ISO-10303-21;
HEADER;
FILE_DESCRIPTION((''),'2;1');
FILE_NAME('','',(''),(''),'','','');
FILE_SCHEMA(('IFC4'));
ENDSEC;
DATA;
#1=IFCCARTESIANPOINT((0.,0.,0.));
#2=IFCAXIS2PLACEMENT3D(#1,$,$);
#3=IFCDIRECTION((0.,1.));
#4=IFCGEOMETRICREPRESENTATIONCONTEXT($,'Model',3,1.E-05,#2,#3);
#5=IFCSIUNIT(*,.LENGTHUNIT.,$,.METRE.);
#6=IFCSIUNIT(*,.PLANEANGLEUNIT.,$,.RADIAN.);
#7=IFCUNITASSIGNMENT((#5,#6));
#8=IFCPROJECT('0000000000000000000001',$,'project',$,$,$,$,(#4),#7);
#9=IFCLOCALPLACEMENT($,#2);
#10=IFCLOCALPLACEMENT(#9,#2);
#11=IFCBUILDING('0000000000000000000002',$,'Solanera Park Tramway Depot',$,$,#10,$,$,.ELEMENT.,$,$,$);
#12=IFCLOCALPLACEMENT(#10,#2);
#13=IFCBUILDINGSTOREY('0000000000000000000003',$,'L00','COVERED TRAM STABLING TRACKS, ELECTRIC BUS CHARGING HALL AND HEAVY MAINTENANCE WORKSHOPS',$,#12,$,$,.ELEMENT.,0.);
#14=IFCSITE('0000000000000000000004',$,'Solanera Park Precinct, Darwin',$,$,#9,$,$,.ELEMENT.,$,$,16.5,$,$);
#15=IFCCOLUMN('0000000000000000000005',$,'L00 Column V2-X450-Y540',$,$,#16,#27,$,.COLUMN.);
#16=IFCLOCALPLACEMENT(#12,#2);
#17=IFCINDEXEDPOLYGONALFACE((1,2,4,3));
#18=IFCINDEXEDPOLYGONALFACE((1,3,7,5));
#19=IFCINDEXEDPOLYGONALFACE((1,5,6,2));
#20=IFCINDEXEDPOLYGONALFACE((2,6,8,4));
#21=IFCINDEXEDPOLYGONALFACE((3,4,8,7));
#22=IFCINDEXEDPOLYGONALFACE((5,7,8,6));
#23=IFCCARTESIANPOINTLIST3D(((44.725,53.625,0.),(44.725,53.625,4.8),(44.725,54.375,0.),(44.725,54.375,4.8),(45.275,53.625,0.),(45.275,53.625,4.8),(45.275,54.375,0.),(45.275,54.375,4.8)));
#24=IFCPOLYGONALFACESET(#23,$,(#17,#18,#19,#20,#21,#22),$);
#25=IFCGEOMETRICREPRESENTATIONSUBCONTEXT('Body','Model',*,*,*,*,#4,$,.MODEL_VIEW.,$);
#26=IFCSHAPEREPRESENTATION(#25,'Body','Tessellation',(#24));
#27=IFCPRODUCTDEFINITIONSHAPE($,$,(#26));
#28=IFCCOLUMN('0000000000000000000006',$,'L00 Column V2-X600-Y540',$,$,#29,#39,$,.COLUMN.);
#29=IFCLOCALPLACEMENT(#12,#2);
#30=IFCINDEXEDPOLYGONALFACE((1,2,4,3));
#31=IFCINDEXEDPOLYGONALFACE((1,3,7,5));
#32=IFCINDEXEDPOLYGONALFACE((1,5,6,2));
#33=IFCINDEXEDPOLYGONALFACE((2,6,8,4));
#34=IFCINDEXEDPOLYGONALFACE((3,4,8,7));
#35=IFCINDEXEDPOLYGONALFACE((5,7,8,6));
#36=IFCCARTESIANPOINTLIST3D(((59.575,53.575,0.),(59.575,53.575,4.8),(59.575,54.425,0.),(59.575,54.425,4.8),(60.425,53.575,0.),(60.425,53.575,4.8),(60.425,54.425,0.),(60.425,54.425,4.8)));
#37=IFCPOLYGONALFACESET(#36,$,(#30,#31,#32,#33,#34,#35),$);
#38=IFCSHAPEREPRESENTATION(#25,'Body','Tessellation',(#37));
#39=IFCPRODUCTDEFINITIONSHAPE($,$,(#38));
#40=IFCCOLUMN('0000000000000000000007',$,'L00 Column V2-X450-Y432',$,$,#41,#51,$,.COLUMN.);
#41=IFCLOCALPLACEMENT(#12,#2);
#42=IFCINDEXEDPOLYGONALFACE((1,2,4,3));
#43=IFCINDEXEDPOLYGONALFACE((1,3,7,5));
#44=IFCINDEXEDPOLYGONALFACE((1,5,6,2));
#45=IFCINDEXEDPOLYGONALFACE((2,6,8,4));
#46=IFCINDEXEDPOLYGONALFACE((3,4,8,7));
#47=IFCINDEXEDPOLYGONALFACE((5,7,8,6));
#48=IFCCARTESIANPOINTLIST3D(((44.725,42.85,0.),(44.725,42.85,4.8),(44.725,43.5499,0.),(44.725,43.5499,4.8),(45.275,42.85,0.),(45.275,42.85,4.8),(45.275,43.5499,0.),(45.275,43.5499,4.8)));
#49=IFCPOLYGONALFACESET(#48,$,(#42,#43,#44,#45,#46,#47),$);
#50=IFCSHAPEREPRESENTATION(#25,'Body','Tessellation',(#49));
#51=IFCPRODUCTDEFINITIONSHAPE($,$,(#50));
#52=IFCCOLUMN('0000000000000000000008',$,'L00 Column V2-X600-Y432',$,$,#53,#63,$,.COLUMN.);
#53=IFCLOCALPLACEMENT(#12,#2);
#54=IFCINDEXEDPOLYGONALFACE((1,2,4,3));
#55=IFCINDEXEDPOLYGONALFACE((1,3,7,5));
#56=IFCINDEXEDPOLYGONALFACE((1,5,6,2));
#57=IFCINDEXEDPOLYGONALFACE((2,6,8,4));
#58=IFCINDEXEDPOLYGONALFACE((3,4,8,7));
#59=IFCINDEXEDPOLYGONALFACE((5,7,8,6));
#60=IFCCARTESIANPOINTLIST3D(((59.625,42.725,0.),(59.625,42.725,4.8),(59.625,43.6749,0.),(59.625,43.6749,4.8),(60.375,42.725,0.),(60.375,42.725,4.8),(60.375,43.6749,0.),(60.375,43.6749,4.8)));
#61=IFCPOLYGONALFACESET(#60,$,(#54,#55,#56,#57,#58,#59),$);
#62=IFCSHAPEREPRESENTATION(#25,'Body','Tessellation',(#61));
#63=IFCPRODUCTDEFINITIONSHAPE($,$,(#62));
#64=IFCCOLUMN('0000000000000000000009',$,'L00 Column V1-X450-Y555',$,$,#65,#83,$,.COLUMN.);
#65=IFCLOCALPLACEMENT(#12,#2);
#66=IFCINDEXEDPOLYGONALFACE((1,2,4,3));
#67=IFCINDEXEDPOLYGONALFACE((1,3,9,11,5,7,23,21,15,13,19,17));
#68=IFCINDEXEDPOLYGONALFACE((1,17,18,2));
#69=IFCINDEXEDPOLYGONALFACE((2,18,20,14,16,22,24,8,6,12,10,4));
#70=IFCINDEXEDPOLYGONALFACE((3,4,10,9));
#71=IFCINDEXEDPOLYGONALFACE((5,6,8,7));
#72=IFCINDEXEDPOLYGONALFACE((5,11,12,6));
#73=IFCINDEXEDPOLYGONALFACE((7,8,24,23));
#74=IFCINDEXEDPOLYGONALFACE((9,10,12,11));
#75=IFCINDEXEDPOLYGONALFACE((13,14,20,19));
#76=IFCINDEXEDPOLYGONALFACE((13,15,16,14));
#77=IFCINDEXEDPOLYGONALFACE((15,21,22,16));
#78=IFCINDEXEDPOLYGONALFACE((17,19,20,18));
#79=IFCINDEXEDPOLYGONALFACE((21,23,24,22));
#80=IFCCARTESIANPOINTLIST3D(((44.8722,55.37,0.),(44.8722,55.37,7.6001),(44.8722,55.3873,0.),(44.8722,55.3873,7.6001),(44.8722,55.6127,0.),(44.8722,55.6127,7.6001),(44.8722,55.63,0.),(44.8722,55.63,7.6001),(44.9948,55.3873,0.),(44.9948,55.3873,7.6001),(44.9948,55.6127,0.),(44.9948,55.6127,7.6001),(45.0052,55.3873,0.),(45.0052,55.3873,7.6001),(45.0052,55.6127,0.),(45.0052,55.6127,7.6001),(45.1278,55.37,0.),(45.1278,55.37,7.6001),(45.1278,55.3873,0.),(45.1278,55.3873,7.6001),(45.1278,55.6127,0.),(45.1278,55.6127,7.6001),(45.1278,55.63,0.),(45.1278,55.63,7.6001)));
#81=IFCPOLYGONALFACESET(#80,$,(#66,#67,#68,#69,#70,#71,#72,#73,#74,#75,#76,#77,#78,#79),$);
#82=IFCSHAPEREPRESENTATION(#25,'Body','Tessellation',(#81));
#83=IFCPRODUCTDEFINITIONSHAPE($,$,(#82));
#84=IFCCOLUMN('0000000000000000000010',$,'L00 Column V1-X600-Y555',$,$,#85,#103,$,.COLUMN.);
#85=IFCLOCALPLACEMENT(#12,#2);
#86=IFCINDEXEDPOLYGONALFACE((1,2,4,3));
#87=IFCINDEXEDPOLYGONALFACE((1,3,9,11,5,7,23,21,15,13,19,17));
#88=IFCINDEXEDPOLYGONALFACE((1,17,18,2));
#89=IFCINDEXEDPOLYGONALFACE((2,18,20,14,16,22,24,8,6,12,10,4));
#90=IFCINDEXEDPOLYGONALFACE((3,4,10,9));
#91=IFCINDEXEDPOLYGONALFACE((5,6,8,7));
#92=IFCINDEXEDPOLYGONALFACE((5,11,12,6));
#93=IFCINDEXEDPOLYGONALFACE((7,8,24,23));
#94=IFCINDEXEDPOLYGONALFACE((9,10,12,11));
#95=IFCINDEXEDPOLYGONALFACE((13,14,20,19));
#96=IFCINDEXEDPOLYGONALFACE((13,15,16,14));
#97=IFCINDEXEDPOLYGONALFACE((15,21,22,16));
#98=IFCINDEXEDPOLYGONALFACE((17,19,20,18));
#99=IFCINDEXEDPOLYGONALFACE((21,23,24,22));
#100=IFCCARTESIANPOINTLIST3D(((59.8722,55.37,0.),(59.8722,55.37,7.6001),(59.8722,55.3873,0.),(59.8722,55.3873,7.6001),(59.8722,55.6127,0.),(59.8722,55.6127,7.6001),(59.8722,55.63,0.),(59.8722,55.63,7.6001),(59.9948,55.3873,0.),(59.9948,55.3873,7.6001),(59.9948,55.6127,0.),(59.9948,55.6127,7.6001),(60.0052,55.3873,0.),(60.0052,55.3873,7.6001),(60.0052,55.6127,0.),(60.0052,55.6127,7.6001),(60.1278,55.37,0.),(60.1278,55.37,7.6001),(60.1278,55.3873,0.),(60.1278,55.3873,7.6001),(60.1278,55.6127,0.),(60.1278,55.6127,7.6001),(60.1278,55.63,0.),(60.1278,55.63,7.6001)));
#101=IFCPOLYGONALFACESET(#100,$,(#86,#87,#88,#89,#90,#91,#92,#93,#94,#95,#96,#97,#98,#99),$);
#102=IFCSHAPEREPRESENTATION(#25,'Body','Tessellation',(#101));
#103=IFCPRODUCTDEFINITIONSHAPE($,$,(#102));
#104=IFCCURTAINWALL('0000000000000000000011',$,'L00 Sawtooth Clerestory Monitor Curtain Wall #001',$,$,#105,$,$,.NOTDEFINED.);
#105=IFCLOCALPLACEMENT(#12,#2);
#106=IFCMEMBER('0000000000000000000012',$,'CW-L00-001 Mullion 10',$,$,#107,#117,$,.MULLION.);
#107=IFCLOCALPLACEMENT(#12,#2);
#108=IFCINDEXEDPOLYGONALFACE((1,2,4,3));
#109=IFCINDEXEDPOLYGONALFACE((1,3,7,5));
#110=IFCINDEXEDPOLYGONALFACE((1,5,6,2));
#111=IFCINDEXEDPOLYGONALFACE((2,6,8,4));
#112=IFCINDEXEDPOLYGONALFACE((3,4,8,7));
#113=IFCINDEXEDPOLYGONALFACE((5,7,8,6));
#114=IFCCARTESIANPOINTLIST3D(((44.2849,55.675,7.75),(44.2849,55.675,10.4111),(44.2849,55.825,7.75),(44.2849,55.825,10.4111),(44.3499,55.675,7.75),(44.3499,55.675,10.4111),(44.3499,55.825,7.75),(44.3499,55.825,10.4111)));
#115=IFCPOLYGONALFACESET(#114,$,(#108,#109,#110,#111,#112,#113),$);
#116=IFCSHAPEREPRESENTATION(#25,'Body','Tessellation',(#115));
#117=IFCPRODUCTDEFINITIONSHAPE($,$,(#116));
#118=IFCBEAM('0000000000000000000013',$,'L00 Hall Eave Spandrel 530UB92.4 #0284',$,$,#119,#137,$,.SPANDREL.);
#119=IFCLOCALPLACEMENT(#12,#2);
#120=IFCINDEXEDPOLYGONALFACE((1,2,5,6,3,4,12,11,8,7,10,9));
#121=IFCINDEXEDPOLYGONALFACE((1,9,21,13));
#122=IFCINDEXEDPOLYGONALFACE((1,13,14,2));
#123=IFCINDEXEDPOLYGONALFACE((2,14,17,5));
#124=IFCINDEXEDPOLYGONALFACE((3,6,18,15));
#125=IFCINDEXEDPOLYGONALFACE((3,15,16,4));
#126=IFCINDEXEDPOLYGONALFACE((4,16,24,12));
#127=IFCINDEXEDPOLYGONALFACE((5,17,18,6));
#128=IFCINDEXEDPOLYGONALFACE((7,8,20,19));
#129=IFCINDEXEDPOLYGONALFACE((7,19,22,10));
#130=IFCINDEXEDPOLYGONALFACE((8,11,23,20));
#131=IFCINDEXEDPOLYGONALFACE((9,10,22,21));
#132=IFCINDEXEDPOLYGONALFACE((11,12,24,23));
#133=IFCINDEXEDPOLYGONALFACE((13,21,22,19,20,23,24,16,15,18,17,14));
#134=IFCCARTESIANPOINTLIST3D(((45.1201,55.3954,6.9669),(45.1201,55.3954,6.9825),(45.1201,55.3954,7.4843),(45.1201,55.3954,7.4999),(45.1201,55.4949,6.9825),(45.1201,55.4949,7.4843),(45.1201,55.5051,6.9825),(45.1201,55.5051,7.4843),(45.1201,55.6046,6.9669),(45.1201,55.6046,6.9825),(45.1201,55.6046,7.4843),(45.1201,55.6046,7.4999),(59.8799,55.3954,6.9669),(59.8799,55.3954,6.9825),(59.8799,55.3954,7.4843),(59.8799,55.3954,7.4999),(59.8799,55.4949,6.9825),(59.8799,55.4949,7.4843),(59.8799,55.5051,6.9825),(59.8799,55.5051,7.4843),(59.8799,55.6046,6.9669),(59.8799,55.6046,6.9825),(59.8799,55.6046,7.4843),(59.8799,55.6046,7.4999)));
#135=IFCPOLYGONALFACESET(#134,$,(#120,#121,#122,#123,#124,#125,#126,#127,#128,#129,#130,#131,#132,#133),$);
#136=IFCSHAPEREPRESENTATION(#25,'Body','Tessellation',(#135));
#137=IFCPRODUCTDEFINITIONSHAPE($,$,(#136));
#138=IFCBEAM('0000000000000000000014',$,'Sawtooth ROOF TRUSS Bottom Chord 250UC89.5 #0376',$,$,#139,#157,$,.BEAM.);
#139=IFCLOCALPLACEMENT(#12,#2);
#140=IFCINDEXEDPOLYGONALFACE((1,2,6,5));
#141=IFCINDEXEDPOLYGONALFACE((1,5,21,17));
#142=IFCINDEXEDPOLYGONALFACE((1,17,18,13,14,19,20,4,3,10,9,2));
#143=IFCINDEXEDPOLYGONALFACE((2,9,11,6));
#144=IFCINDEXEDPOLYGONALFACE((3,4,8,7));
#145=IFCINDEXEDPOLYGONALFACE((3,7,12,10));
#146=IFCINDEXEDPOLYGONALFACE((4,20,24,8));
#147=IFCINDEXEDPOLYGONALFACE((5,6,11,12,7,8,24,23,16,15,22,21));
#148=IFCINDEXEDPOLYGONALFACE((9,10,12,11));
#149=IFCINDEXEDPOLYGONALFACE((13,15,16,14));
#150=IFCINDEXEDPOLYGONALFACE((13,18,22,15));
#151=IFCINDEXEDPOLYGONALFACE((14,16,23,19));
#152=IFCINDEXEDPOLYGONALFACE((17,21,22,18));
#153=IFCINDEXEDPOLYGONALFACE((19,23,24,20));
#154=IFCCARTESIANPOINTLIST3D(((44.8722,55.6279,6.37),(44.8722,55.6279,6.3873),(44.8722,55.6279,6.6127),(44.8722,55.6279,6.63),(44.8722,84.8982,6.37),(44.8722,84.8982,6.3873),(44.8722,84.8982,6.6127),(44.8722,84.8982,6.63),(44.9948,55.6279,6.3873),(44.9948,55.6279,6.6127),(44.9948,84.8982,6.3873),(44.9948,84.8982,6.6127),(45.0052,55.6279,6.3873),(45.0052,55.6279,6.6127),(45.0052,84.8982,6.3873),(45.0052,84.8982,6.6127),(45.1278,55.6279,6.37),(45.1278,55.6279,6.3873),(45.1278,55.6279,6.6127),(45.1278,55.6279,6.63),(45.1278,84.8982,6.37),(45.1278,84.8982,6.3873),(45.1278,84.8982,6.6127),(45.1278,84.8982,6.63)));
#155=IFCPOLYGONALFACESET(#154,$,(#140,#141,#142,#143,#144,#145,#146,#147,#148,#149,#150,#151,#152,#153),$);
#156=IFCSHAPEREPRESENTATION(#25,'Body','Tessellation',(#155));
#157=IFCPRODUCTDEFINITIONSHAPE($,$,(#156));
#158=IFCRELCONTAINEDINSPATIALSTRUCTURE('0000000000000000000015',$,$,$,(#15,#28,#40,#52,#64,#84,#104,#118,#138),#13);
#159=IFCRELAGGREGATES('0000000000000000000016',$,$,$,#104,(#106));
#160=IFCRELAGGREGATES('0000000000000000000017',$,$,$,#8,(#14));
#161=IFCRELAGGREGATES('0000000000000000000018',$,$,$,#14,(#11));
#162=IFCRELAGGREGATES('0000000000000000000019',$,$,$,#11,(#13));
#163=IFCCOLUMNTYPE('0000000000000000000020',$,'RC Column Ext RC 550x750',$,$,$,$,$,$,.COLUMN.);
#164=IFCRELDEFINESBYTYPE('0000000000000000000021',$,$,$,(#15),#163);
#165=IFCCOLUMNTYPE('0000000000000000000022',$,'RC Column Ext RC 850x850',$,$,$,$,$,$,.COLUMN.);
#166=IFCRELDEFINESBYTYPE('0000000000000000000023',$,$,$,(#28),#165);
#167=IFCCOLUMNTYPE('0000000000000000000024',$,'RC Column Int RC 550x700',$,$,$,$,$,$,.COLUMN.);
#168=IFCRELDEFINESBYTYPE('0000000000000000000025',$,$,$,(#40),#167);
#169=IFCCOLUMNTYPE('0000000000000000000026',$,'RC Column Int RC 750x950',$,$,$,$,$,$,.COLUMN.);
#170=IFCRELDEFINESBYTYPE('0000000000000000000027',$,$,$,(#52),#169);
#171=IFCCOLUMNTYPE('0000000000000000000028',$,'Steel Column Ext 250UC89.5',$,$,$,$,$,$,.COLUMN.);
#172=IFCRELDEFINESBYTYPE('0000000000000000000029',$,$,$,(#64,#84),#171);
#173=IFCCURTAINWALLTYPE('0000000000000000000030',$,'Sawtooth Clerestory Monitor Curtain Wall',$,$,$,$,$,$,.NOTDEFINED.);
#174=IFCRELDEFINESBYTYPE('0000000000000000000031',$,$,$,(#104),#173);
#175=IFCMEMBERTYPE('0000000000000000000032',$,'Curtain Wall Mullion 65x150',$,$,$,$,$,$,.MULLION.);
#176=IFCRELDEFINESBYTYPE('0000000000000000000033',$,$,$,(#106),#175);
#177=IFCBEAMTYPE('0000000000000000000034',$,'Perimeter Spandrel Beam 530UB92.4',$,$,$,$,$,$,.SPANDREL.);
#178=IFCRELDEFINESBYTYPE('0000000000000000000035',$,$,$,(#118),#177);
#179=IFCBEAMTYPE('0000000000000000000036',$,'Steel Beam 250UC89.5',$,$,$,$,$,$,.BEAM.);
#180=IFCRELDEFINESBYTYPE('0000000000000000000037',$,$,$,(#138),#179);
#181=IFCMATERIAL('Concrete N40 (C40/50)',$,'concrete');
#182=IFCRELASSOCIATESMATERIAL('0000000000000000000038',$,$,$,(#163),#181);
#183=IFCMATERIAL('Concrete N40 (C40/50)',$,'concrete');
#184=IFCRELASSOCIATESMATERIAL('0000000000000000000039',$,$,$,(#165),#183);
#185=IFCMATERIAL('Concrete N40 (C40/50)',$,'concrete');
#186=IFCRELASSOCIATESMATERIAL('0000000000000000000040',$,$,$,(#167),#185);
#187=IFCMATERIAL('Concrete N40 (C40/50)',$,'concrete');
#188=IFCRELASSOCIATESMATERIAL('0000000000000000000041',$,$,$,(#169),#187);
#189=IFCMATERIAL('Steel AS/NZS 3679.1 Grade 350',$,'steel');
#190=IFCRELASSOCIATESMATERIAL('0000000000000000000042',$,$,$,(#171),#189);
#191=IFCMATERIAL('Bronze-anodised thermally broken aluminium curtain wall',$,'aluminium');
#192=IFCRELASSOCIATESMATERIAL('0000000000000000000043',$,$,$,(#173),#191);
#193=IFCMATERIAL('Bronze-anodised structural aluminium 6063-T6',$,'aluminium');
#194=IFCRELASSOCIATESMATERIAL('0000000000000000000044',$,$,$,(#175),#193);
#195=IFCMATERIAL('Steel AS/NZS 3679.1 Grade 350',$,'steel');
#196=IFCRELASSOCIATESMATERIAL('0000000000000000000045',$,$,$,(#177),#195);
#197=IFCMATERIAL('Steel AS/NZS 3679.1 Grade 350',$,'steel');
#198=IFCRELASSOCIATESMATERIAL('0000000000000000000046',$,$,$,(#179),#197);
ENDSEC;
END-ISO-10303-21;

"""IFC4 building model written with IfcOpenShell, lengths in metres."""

from ifc_helpers import new_model, si_unit, direction, frame, origin, origin_2d, place, context, subcontext, project, spatial, rectangle, i_section, extrude, material, material_profile, profile_set, type_object, element, aggregate, save


model = new_model("IFC4")

# Units and contexts
model_context = context("Model", 3, precision=1e-05, world=origin(), true_north=direction((0.0, 1.0)))
body_context = subcontext(model_context, "Body", "Model", "MODEL_VIEW")
ifc_project = project(units=[si_unit("LENGTHUNIT", "METRE"), si_unit("PLANEANGLEUNIT", "RADIAN")], contexts=[model_context])

# Site, building, storey
site_placement = place(None, origin())
site = spatial("IfcSite", under=ifc_project, at=site_placement, Name="Solanera Park Precinct, Darwin", CompositionType="ELEMENT", RefElevation=16.5)
building_placement = place(site_placement, origin())
building = spatial("IfcBuilding", under=site, at=building_placement, Name="Solanera Park Tramway Depot", CompositionType="ELEMENT")
storey_placement = place(building_placement, origin())
storey = spatial("IfcBuildingStorey", under=building, at=storey_placement, Name="L00", Description="COVERED TRAM STABLING TRACKS, ELECTRIC BUS CHARGING HALL AND HEAVY MAINTENANCE WORKSHOPS", CompositionType="ELEMENT", Elevation=0.0)

# Columns
ifc_material_1 = material(Name="Concrete N40 (C40/50)", Category="concrete")
ifc_material_profile_1 = material_profile(ifc_material_1, rectangle(XDim=0.55, YDim=0.75, at=origin_2d()), Name="RC 550x750")
ifc_profile_set_1 = profile_set([ifc_material_profile_1], Name="Concrete N40 (C40/50)")
column_type_1 = type_object("IfcColumnType", Name="RC Column Ext RC 550x750", PredefinedType="COLUMN", material=ifc_profile_set_1)
column_1_placement = place(storey_placement, frame((45.0, 54.0, 0.0), z_axis=(0.0, 0.0, 1.0), x_axis=(1.0, 0.0, 0.0)))
element("IfcColumn", 1, at=column_1_placement, inside=storey, type_object=column_type_1, Name="L00 Column V2-X450-Y540", PredefinedType="COLUMN", context=body_context, shape_type="SweptSolid", body=[
    extrude(rectangle(XDim=0.55, YDim=0.75, at=origin_2d()), origin(), (0.0, 0.0, 1.0), 4.8),
])
ifc_material_2 = material(Name="Concrete N40 (C40/50)", Category="concrete")
ifc_material_profile_2 = material_profile(ifc_material_2, rectangle(XDim=0.8501, YDim=0.8501, at=origin_2d()), Name="RC 850x850")
ifc_profile_set_2 = profile_set([ifc_material_profile_2], Name="Concrete N40 (C40/50)")
column_type_2 = type_object("IfcColumnType", Name="RC Column Ext RC 850x850", PredefinedType="COLUMN", material=ifc_profile_set_2)
column_2_placement = place(storey_placement, frame((60.0, 54.0, 0.0), z_axis=(0.0, 0.0, 1.0), x_axis=(1.0, 0.0, 0.0)))
element("IfcColumn", 2, at=column_2_placement, inside=storey, type_object=column_type_2, Name="L00 Column V2-X600-Y540", PredefinedType="COLUMN", context=body_context, shape_type="SweptSolid", body=[
    extrude(rectangle(XDim=0.8501, YDim=0.8501, at=origin_2d()), origin(), (0.0, 0.0, 1.0), 4.8),
])
ifc_material_3 = material(Name="Concrete N40 (C40/50)", Category="concrete")
ifc_material_profile_3 = material_profile(ifc_material_3, rectangle(XDim=0.55, YDim=0.7, at=origin_2d()), Name="RC 550x700")
ifc_profile_set_3 = profile_set([ifc_material_profile_3], Name="Concrete N40 (C40/50)")
column_type_3 = type_object("IfcColumnType", Name="RC Column Int RC 550x700", PredefinedType="COLUMN", material=ifc_profile_set_3)
column_3_placement = place(storey_placement, frame((45.0, 43.2, 0.0), z_axis=(0.0, 0.0, 1.0), x_axis=(1.0, 0.0, 0.0)))
element("IfcColumn", 3, at=column_3_placement, inside=storey, type_object=column_type_3, Name="L00 Column V2-X450-Y432", PredefinedType="COLUMN", context=body_context, shape_type="SweptSolid", body=[
    extrude(rectangle(XDim=0.55, YDim=0.7, at=origin_2d()), origin(), (0.0, 0.0, 1.0), 4.8),
])
ifc_material_4 = material(Name="Concrete N40 (C40/50)", Category="concrete")
ifc_material_profile_4 = material_profile(ifc_material_4, rectangle(XDim=0.75, YDim=0.95, at=origin_2d()), Name="RC 750x950")
ifc_profile_set_4 = profile_set([ifc_material_profile_4], Name="Concrete N40 (C40/50)")
column_type_4 = type_object("IfcColumnType", Name="RC Column Int RC 750x950", PredefinedType="COLUMN", material=ifc_profile_set_4)
column_4_placement = place(storey_placement, frame((60.0, 43.2, 0.0), z_axis=(0.0, 0.0, 1.0), x_axis=(1.0, 0.0, 0.0)))
element("IfcColumn", 4, at=column_4_placement, inside=storey, type_object=column_type_4, Name="L00 Column V2-X600-Y432", PredefinedType="COLUMN", context=body_context, shape_type="SweptSolid", body=[
    extrude(rectangle(XDim=0.75, YDim=0.95, at=origin_2d()), origin(), (0.0, 0.0, 1.0), 4.8),
])
ifc_material_5 = material(Name="Steel AS/NZS 3679.1 Grade 350", Category="steel")
ifc_material_profile_5 = material_profile(ifc_material_5, i_section(OverallWidth=0.2556, OverallDepth=0.26, WebThickness=0.0105, FlangeThickness=0.0173, at=origin_2d()), Name="250UC89.5")
ifc_profile_set_5 = profile_set([ifc_material_profile_5], Name="Steel AS/NZS 3679.1 Grade 350")
column_type_5 = type_object("IfcColumnType", Name="Steel Column Ext 250UC89.5", PredefinedType="COLUMN", material=ifc_profile_set_5)
for number, where, z_axis, x_axis, name in (
    (5, (45.0, 55.5, 0.0), (0.0, 0.0, 1.0), (1.0, 0.0, 0.0), "L00 Column V1-X450-Y555"),
    (6, (60.0, 55.5, 0.0), (0.0, 0.0, 1.0), (1.0, 0.0, 0.0), "L00 Column V1-X600-Y555"),
):
    element("IfcColumn", number, at=place(storey_placement, frame(where, z_axis=z_axis, x_axis=x_axis)), inside=storey, type_object=column_type_5, Name=name, PredefinedType="COLUMN", context=body_context, shape_type="SweptSolid", body=[
        extrude(i_section(OverallWidth=0.2556, OverallDepth=0.26, WebThickness=0.0105, FlangeThickness=0.0173, at=origin_2d()), origin(), (0.0, 0.0, 1.0), 7.6001),
    ])

# Curtain wall, member
ifc_material_6 = material(Name="Bronze-anodised thermally broken aluminium curtain wall", Category="aluminium")
curtain_wall_type = type_object("IfcCurtainWallType", Name="Sawtooth Clerestory Monitor Curtain Wall", PredefinedType="NOTDEFINED", material=ifc_material_6)
curtain_wall_placement = place(storey_placement, origin())
curtain_wall = element("IfcCurtainWall", 7, at=curtain_wall_placement, inside=storey, type_object=curtain_wall_type, Name="L00 Sawtooth Clerestory Monitor Curtain Wall #001", PredefinedType="NOTDEFINED")
ifc_material_7 = material(Name="Bronze-anodised structural aluminium 6063-T6", Category="aluminium")
ifc_material_profile_6 = material_profile(ifc_material_7, rectangle(XDim=0.0649, YDim=0.1499, at=origin_2d()), Name="Curtain Wall Mullion 65x150")
ifc_profile_set_6 = profile_set([ifc_material_profile_6], Name="Bronze-anodised structural aluminium 6063-T6")
member_type = type_object("IfcMemberType", Name="Curtain Wall Mullion 65x150", PredefinedType="MULLION", material=ifc_profile_set_6)
member_placement = place(storey_placement, frame((44.3174, 55.75, 7.75), z_axis=(0.0, 0.0, 1.0), x_axis=(1.0, 0.0, 0.0)))
member = element("IfcMember", 8, at=member_placement, type_object=member_type, Name="CW-L00-001 Mullion 10", PredefinedType="MULLION", context=body_context, shape_type="SweptSolid", body=[
    extrude(rectangle(XDim=0.0649, YDim=0.1499, at=origin_2d()), origin(), (0.0, 0.0, 1.0), 2.6611),
])

# Beams
ifc_material_8 = material(Name="Steel AS/NZS 3679.1 Grade 350", Category="steel")
ifc_material_profile_7 = material_profile(ifc_material_8, i_section(OverallWidth=0.2092, OverallDepth=0.533, WebThickness=0.0103, FlangeThickness=0.0156, at=origin_2d()), Name="530UB92.4")
ifc_profile_set_7 = profile_set([ifc_material_profile_7], Name="Steel AS/NZS 3679.1 Grade 350")
beam_type_1 = type_object("IfcBeamType", Name="Perimeter Spandrel Beam 530UB92.4", PredefinedType="SPANDREL", material=ifc_profile_set_7)
beam_1_placement = place(storey_placement, frame((45.1201, 55.5, 7.2334), z_axis=(1.0, 0.0, 0.0), x_axis=(0.0, 1.0, 0.0)))
element("IfcBeam", 9, at=beam_1_placement, inside=storey, type_object=beam_type_1, Name="L00 Hall Eave Spandrel 530UB92.4 #0284", PredefinedType="SPANDREL", context=body_context, shape_type="SweptSolid", body=[
    extrude(i_section(OverallWidth=0.2092, OverallDepth=0.533, WebThickness=0.0103, FlangeThickness=0.0156, at=origin_2d()), origin(), (0.0, 0.0, 1.0), 14.7598),
])
ifc_material_9 = material(Name="Steel AS/NZS 3679.1 Grade 350", Category="steel")
ifc_material_profile_8 = material_profile(ifc_material_9, i_section(OverallWidth=0.2556, OverallDepth=0.26, WebThickness=0.0105, FlangeThickness=0.0173, at=origin_2d()), Name="250UC89.5")
ifc_profile_set_8 = profile_set([ifc_material_profile_8], Name="Steel AS/NZS 3679.1 Grade 350")
beam_type_2 = type_object("IfcBeamType", Name="Steel Beam 250UC89.5", PredefinedType="BEAM", material=ifc_profile_set_8)
beam_2_placement = place(storey_placement, frame((45.0, 55.6279, 6.5), z_axis=(0.0, 1.0, 0.0), x_axis=(-1.0, 0.0, 0.0)))
element("IfcBeam", 10, at=beam_2_placement, inside=storey, type_object=beam_type_2, Name="Sawtooth ROOF TRUSS Bottom Chord 250UC89.5 #0376", PredefinedType="BEAM", context=body_context, shape_type="SweptSolid", body=[
    extrude(i_section(OverallWidth=0.2556, OverallDepth=0.26, WebThickness=0.0105, FlangeThickness=0.0173, at=origin_2d()), origin(), (0.0, 0.0, 1.0), 29.2703),
])

aggregate(curtain_wall, [member])

save(model, "model.ifc")
